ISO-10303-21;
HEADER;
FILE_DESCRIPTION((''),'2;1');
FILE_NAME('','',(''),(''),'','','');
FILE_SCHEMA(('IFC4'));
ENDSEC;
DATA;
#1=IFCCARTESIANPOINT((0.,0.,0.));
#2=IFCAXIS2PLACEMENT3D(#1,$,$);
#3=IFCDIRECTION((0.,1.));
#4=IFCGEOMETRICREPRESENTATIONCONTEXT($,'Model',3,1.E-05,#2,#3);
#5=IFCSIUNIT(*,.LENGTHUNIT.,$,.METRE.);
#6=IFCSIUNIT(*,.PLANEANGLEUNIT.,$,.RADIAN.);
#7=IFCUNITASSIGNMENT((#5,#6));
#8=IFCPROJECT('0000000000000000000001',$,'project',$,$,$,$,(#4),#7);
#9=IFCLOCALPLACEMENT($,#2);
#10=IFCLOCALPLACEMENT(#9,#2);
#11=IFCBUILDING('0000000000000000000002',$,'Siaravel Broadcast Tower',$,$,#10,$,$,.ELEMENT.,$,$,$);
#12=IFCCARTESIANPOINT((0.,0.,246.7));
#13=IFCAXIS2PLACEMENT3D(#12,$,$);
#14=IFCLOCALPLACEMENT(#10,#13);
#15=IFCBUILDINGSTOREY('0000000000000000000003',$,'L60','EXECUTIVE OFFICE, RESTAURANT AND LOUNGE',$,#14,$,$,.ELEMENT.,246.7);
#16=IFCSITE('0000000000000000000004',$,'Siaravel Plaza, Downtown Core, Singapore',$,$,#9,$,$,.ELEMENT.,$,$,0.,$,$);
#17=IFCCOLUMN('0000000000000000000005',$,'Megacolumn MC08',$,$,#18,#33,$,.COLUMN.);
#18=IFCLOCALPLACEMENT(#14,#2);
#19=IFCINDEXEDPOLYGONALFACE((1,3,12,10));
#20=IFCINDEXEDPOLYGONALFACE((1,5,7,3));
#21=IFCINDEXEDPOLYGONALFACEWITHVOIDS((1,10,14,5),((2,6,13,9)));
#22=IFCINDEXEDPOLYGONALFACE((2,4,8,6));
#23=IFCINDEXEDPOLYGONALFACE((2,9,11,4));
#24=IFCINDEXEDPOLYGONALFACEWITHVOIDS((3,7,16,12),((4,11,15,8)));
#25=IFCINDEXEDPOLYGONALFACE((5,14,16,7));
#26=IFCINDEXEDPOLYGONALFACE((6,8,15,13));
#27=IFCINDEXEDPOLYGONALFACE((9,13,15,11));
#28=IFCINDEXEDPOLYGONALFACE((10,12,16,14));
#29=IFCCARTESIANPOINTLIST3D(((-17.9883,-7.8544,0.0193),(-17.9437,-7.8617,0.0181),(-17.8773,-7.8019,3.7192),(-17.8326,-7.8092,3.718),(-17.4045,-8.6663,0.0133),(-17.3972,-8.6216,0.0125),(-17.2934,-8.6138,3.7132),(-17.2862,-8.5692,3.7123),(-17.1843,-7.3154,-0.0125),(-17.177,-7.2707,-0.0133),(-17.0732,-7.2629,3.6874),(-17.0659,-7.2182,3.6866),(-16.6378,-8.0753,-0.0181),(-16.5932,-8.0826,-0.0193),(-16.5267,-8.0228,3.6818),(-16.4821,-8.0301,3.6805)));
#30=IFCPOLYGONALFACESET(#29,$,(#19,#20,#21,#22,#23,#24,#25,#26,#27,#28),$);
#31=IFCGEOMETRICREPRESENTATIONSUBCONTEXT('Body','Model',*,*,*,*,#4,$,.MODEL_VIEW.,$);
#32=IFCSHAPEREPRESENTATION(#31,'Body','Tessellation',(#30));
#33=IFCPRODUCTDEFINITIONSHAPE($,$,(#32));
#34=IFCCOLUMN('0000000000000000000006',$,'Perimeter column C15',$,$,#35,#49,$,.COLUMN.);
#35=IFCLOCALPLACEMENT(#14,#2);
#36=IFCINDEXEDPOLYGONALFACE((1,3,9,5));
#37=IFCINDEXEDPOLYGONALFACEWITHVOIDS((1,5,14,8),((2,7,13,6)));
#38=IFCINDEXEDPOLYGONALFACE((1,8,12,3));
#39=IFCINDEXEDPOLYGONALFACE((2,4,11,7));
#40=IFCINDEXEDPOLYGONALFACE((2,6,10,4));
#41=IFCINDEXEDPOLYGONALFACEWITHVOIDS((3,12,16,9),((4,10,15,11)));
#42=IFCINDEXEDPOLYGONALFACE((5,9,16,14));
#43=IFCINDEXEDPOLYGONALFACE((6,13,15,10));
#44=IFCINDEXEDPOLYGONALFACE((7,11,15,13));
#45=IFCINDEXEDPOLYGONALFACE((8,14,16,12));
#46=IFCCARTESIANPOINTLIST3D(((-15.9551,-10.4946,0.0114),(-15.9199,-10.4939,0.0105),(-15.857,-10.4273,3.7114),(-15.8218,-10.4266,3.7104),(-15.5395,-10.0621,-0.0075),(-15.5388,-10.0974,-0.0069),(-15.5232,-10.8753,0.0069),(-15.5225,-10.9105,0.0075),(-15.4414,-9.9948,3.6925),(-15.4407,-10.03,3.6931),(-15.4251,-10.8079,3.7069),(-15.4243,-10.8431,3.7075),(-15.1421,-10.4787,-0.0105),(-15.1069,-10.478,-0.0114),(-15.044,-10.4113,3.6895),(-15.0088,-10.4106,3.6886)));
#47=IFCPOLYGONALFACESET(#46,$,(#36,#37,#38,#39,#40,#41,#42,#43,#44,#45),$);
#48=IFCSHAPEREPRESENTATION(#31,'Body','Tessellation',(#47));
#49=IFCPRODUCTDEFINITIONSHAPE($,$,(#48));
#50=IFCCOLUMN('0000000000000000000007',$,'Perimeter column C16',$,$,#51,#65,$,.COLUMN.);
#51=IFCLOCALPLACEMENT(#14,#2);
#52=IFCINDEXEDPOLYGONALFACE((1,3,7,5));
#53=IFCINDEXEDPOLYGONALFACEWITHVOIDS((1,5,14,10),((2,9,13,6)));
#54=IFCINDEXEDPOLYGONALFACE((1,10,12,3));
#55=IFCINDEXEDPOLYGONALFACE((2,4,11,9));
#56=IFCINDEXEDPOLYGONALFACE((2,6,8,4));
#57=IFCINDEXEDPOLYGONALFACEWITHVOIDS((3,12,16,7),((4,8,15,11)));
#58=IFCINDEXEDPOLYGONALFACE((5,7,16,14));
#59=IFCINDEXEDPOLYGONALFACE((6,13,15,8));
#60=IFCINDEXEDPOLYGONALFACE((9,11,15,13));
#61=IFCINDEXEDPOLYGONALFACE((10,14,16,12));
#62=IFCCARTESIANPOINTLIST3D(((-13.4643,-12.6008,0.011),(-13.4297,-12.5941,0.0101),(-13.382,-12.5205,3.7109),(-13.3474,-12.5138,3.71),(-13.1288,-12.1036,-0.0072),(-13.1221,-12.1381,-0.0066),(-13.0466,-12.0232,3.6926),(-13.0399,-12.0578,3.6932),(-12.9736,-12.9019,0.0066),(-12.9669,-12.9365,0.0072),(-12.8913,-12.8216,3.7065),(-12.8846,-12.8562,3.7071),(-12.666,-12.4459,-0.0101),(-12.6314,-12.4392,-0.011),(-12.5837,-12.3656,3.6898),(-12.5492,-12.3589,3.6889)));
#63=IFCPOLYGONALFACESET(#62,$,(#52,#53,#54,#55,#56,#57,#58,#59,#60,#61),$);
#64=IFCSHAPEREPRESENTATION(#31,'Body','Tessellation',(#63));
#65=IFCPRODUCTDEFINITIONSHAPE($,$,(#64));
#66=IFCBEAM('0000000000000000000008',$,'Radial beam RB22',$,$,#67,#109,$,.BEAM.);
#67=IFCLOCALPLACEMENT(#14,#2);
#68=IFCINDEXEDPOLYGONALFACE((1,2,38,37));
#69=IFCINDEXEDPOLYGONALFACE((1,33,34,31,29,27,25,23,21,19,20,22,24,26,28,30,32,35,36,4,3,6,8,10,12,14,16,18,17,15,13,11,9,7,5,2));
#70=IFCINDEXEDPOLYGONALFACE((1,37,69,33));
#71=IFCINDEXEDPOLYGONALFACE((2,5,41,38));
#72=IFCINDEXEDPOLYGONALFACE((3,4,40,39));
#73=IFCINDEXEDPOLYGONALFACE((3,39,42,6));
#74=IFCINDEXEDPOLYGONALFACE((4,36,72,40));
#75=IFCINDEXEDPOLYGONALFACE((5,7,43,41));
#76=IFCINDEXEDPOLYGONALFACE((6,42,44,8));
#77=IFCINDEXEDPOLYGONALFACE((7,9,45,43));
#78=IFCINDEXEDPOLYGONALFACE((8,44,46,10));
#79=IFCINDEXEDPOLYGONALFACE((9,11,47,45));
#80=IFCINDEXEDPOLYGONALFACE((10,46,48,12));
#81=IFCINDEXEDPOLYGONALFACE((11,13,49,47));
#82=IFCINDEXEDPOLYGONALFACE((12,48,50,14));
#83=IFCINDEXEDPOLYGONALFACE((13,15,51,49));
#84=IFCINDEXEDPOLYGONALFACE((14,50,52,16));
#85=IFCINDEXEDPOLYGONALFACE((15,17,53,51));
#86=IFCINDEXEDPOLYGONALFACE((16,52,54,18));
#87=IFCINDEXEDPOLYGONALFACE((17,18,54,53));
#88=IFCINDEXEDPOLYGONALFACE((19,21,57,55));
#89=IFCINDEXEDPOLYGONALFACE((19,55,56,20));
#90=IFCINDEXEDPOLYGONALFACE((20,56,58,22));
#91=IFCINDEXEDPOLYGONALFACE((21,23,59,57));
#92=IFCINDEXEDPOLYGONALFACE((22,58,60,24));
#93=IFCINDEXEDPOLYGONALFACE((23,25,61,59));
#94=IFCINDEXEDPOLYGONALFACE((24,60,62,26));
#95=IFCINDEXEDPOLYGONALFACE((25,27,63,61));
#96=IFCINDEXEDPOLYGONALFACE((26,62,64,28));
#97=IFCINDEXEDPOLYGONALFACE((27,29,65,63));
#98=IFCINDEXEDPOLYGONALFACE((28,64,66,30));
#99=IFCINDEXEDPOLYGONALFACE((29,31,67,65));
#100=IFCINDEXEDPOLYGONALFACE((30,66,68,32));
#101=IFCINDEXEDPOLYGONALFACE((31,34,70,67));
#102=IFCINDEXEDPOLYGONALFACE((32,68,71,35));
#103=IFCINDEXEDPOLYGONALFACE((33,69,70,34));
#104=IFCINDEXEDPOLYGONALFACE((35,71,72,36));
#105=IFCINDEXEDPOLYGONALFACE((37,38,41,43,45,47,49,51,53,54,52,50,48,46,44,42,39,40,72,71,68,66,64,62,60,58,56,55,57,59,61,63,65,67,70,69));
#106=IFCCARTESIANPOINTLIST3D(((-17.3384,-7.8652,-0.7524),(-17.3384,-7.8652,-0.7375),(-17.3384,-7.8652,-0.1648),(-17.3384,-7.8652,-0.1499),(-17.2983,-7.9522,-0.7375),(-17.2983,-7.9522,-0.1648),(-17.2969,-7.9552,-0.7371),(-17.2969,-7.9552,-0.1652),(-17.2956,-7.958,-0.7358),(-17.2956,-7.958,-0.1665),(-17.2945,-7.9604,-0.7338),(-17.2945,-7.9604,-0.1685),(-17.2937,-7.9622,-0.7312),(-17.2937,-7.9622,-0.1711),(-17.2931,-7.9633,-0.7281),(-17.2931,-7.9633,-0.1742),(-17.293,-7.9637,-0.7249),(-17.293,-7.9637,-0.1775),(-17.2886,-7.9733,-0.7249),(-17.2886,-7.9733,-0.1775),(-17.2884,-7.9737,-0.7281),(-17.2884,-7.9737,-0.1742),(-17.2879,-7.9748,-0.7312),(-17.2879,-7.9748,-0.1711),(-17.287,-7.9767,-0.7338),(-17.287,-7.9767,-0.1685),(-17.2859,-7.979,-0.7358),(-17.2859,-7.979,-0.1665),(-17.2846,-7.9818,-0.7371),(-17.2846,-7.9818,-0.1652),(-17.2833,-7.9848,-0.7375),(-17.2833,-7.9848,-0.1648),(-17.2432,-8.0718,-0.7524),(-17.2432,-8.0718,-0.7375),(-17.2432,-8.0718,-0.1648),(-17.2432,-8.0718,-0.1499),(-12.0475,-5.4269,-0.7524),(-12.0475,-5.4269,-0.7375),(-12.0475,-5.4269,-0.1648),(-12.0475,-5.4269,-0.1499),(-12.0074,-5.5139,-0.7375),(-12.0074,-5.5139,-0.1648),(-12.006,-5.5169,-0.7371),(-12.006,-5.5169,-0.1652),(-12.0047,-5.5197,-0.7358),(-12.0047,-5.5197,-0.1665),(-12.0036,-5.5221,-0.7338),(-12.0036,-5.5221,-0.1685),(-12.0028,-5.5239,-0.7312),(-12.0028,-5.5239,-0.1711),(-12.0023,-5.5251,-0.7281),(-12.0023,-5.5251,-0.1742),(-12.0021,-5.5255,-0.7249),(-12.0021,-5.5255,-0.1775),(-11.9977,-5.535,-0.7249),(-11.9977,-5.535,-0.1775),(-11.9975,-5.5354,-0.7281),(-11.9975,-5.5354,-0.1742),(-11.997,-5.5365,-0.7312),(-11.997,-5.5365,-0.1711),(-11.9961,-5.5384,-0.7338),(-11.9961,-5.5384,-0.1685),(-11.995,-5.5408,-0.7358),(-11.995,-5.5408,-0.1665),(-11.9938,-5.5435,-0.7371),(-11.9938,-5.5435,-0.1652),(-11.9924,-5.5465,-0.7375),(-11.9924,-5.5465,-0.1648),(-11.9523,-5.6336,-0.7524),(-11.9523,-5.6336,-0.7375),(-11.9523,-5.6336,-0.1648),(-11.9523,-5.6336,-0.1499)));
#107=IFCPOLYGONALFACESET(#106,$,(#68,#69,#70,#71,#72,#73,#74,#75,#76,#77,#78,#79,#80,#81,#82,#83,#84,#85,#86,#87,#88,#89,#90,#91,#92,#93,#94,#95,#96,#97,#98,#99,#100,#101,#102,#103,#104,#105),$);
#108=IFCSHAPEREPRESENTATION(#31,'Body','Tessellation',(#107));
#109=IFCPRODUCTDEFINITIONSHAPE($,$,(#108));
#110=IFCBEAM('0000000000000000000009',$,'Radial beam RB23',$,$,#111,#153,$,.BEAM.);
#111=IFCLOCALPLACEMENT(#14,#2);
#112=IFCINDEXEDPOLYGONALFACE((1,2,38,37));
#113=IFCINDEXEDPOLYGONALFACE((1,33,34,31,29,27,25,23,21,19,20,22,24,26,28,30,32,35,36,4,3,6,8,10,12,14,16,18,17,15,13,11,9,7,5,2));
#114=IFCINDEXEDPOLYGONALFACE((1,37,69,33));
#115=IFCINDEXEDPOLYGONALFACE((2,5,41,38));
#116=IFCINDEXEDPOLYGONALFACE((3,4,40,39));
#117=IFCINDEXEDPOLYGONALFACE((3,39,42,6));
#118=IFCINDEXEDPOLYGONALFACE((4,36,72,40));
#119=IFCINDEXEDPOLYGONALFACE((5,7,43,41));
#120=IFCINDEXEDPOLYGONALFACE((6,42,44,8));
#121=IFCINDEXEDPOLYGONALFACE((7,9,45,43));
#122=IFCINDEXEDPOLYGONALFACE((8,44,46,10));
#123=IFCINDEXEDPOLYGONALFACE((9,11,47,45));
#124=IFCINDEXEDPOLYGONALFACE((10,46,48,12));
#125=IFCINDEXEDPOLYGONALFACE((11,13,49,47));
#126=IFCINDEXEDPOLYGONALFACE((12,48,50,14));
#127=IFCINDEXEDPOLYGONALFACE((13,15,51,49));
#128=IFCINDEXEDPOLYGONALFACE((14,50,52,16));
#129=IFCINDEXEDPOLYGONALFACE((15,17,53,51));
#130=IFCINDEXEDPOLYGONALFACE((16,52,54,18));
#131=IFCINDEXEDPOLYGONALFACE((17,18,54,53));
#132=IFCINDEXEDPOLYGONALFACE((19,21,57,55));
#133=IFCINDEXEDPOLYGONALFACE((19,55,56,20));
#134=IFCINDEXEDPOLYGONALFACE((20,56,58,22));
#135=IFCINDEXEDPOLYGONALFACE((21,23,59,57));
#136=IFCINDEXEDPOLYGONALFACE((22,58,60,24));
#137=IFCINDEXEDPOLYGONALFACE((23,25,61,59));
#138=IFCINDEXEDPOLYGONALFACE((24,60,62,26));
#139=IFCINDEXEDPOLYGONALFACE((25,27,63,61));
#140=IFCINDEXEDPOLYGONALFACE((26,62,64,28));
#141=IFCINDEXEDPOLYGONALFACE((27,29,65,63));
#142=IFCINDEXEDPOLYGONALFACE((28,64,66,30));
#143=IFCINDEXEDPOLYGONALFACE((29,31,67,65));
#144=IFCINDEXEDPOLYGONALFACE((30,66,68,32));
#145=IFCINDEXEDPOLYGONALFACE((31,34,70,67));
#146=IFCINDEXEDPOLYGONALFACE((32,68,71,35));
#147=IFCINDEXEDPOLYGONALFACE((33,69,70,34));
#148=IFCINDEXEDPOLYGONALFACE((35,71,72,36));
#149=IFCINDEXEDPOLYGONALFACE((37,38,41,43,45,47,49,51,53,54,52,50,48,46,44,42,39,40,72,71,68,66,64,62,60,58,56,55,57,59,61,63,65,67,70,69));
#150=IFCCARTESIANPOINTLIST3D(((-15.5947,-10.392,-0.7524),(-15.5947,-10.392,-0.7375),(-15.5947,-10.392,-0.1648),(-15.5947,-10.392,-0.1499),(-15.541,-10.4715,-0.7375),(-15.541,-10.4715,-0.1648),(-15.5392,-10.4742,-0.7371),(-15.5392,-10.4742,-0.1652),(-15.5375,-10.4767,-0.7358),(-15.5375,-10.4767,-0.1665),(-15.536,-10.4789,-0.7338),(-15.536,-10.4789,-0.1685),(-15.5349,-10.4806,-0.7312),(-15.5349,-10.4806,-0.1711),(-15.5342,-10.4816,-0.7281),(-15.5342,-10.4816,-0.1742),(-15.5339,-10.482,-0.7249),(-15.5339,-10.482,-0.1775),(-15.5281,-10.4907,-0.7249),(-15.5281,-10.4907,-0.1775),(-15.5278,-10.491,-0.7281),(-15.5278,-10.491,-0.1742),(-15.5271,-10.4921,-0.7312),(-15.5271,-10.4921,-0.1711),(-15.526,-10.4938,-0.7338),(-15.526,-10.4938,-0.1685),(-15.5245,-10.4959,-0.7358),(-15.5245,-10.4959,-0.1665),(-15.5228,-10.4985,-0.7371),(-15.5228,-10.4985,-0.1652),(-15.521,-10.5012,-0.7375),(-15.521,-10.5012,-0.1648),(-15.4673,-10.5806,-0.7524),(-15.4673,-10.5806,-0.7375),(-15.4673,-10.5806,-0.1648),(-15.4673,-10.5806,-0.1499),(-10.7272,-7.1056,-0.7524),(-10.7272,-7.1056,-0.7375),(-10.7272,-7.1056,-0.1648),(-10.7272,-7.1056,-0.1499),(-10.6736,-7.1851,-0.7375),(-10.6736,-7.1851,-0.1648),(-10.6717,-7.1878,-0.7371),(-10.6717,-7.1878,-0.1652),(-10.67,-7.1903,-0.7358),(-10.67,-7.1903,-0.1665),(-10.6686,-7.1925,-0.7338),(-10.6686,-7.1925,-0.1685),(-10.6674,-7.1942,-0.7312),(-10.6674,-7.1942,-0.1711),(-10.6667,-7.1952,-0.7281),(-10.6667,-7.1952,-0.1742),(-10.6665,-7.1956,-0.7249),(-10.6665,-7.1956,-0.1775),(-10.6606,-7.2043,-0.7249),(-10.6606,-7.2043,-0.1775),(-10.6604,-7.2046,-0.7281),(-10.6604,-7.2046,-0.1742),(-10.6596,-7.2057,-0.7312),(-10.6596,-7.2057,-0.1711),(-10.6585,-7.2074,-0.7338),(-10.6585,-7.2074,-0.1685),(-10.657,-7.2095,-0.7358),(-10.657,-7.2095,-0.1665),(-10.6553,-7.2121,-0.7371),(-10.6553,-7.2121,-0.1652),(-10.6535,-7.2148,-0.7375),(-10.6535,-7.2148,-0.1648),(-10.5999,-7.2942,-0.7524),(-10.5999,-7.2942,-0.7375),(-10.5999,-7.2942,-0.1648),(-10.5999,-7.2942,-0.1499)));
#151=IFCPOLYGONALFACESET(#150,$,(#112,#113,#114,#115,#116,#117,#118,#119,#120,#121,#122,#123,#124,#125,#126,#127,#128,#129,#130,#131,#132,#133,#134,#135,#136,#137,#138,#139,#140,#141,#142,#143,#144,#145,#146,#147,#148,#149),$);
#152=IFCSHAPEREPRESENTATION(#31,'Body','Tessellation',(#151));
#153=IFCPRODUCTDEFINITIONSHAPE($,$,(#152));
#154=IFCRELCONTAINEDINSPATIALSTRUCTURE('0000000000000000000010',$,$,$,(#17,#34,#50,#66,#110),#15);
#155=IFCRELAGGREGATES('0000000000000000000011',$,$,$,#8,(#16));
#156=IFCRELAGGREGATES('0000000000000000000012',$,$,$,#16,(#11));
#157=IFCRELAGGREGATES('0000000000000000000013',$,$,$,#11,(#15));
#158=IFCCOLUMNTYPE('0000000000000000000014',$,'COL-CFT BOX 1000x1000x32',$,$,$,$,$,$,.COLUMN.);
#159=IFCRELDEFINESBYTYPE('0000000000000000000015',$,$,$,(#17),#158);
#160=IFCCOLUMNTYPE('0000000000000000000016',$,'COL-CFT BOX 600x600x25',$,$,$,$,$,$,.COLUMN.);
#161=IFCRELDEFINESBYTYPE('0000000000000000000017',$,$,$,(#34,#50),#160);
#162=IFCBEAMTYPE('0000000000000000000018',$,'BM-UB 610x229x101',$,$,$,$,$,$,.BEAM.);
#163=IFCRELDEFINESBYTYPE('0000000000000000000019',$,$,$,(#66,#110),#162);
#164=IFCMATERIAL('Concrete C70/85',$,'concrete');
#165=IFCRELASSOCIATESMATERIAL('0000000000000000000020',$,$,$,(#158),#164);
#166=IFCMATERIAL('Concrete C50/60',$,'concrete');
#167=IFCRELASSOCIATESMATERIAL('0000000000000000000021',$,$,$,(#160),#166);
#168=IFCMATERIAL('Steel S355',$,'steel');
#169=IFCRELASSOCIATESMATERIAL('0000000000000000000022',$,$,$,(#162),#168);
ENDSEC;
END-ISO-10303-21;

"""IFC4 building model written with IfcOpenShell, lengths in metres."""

from ifc_helpers import new_model, si_unit, direction, frame, origin, origin_2d, place, context, subcontext, project, spatial, hollow_rectangle, i_section, extrude, material, material_profile, profile_set, type_object, element, save


model = new_model("IFC4")

# Units and contexts
model_context = context("Model", 3, precision=1e-05, world=origin(), true_north=direction((0.0, 1.0)))
body_context = subcontext(model_context, "Body", "Model", "MODEL_VIEW")
ifc_project = project(units=[si_unit("LENGTHUNIT", "METRE"), si_unit("PLANEANGLEUNIT", "RADIAN")], contexts=[model_context])

# Site, building, storey
site_placement = place(None, origin())
site = spatial("IfcSite", under=ifc_project, at=site_placement, Name="Siaravel Plaza, Downtown Core, Singapore", CompositionType="ELEMENT", RefElevation=0.0)
building_placement = place(site_placement, origin())
building = spatial("IfcBuilding", under=site, at=building_placement, Name="Siaravel Broadcast Tower", CompositionType="ELEMENT")
storey_placement = place(building_placement, frame((0.0, 0.0, 246.7)))
storey = spatial("IfcBuildingStorey", under=building, at=storey_placement, Name="L60", Description="EXECUTIVE OFFICE, RESTAURANT AND LOUNGE", CompositionType="ELEMENT", Elevation=246.7)

# Columns
ifc_material_1 = material(Name="Concrete C70/85", Category="concrete")
ifc_material_profile_1 = material_profile(ifc_material_1, hollow_rectangle(XDim=1.0, YDim=1.0, WallThickness=0.032, at=origin_2d()))
ifc_profile_set_1 = profile_set([ifc_material_profile_1], Name="Concrete C70/85")
column_type_1 = type_object("IfcColumnType", Name="COL-CFT BOX 1000x1000x32", PredefinedType="COLUMN", material=ifc_profile_set_1)
column_1_placement = place(storey_placement, frame((-17.2908, -7.9685, 0.0), z_axis=(0.030007, 0.014179, 0.999449), x_axis=(-0.583834, 0.811851, 0.006011)))
element("IfcColumn", 1, at=column_1_placement, inside=storey, type_object=column_type_1, Name="Megacolumn MC08", PredefinedType="COLUMN", context=body_context, shape_type="SweptSolid", body=[
    extrude(hollow_rectangle(XDim=1.0, YDim=1.0, WallThickness=0.032, at=origin_2d()), origin(), (0.0, 0.0, 1.0), 3.7019),
])
ifc_material_2 = material(Name="Concrete C50/60", Category="concrete")
ifc_material_profile_2 = material_profile(ifc_material_2, hollow_rectangle(XDim=0.6001, YDim=0.6001, WallThickness=0.0249, at=origin_2d()))
ifc_profile_set_2 = profile_set([ifc_material_profile_2], Name="Concrete C50/60")
column_type_2 = type_object("IfcColumnType", Name="COL-CFT BOX 600x600x25", PredefinedType="COLUMN", material=ifc_profile_set_2)
column_2_placement = place(storey_placement, frame((-15.531, -10.4863, 0.0), z_axis=(0.026512, 0.018202, 0.999483), x_axis=(-0.720903, 0.693005, 0.006502)))
element("IfcColumn", 2, at=column_2_placement, inside=storey, type_object=column_type_2, Name="Perimeter column C15", PredefinedType="COLUMN", context=body_context, shape_type="SweptSolid", body=[
    extrude(hollow_rectangle(XDim=0.6001, YDim=0.6001, WallThickness=0.0249, at=origin_2d()), origin(), (0.0, 0.0, 1.0), 3.7019),
])
column_3_placement = place(storey_placement, frame((-13.0479, -12.52, 0.0), z_axis=(0.022226, 0.021699, 0.999517), x_axis=(-0.828897, 0.559365, 0.006289)))
element("IfcColumn", 3, at=column_3_placement, inside=storey, type_object=column_type_2, Name="Perimeter column C16", PredefinedType="COLUMN", context=body_context, shape_type="SweptSolid", body=[
    extrude(hollow_rectangle(XDim=0.6001, YDim=0.6001, WallThickness=0.0249, at=origin_2d()), origin(), (0.0, 0.0, 1.0), 3.7017),
])

# Beams
ifc_material_3 = material(Name="Steel S355", Category="steel")
ifc_material_profile_3 = material_profile(ifc_material_3, i_section(OverallWidth=0.2275, OverallDepth=0.6025, WebThickness=0.0105, FlangeThickness=0.0149, FilletRadius=0.0127, at=origin_2d()))
ifc_profile_set_3 = profile_set([ifc_material_profile_3], Name="Steel S355")
beam_type = type_object("IfcBeamType", Name="BM-UB 610x229x101", PredefinedType="BEAM", material=ifc_profile_set_3)
beam_1_placement = place(storey_placement, frame((-17.2908, -7.9685, -0.4512), z_axis=(0.908198, 0.41854, 0.0), x_axis=(-0.41854, 0.908198, 0.0)))
element("IfcBeam", 4, at=beam_1_placement, inside=storey, type_object=beam_type, Name="Radial beam RB22", PredefinedType="BEAM", context=body_context, shape_type="SweptSolid", body=[
    extrude(i_section(OverallWidth=0.2275, OverallDepth=0.6025, WebThickness=0.0105, FlangeThickness=0.0149, FilletRadius=0.0127, at=origin_2d()), origin(), (0.0, 0.0, 1.0), 5.8257),
])
beam_2_placement = place(storey_placement, frame((-15.531, -10.4863, -0.4512), z_axis=(0.828781, 0.559574, 0.0), x_axis=(-0.559574, 0.828781, 0.0)))
element("IfcBeam", 5, at=beam_2_placement, inside=storey, type_object=beam_type, Name="Radial beam RB23", PredefinedType="BEAM", context=body_context, shape_type="SweptSolid", body=[
    extrude(i_section(OverallWidth=0.2275, OverallDepth=0.6025, WebThickness=0.0105, FlangeThickness=0.0149, FilletRadius=0.0127, at=origin_2d()), origin(), (0.0, 0.0, 1.0), 5.873),
])

save(model, "model.ifc")
